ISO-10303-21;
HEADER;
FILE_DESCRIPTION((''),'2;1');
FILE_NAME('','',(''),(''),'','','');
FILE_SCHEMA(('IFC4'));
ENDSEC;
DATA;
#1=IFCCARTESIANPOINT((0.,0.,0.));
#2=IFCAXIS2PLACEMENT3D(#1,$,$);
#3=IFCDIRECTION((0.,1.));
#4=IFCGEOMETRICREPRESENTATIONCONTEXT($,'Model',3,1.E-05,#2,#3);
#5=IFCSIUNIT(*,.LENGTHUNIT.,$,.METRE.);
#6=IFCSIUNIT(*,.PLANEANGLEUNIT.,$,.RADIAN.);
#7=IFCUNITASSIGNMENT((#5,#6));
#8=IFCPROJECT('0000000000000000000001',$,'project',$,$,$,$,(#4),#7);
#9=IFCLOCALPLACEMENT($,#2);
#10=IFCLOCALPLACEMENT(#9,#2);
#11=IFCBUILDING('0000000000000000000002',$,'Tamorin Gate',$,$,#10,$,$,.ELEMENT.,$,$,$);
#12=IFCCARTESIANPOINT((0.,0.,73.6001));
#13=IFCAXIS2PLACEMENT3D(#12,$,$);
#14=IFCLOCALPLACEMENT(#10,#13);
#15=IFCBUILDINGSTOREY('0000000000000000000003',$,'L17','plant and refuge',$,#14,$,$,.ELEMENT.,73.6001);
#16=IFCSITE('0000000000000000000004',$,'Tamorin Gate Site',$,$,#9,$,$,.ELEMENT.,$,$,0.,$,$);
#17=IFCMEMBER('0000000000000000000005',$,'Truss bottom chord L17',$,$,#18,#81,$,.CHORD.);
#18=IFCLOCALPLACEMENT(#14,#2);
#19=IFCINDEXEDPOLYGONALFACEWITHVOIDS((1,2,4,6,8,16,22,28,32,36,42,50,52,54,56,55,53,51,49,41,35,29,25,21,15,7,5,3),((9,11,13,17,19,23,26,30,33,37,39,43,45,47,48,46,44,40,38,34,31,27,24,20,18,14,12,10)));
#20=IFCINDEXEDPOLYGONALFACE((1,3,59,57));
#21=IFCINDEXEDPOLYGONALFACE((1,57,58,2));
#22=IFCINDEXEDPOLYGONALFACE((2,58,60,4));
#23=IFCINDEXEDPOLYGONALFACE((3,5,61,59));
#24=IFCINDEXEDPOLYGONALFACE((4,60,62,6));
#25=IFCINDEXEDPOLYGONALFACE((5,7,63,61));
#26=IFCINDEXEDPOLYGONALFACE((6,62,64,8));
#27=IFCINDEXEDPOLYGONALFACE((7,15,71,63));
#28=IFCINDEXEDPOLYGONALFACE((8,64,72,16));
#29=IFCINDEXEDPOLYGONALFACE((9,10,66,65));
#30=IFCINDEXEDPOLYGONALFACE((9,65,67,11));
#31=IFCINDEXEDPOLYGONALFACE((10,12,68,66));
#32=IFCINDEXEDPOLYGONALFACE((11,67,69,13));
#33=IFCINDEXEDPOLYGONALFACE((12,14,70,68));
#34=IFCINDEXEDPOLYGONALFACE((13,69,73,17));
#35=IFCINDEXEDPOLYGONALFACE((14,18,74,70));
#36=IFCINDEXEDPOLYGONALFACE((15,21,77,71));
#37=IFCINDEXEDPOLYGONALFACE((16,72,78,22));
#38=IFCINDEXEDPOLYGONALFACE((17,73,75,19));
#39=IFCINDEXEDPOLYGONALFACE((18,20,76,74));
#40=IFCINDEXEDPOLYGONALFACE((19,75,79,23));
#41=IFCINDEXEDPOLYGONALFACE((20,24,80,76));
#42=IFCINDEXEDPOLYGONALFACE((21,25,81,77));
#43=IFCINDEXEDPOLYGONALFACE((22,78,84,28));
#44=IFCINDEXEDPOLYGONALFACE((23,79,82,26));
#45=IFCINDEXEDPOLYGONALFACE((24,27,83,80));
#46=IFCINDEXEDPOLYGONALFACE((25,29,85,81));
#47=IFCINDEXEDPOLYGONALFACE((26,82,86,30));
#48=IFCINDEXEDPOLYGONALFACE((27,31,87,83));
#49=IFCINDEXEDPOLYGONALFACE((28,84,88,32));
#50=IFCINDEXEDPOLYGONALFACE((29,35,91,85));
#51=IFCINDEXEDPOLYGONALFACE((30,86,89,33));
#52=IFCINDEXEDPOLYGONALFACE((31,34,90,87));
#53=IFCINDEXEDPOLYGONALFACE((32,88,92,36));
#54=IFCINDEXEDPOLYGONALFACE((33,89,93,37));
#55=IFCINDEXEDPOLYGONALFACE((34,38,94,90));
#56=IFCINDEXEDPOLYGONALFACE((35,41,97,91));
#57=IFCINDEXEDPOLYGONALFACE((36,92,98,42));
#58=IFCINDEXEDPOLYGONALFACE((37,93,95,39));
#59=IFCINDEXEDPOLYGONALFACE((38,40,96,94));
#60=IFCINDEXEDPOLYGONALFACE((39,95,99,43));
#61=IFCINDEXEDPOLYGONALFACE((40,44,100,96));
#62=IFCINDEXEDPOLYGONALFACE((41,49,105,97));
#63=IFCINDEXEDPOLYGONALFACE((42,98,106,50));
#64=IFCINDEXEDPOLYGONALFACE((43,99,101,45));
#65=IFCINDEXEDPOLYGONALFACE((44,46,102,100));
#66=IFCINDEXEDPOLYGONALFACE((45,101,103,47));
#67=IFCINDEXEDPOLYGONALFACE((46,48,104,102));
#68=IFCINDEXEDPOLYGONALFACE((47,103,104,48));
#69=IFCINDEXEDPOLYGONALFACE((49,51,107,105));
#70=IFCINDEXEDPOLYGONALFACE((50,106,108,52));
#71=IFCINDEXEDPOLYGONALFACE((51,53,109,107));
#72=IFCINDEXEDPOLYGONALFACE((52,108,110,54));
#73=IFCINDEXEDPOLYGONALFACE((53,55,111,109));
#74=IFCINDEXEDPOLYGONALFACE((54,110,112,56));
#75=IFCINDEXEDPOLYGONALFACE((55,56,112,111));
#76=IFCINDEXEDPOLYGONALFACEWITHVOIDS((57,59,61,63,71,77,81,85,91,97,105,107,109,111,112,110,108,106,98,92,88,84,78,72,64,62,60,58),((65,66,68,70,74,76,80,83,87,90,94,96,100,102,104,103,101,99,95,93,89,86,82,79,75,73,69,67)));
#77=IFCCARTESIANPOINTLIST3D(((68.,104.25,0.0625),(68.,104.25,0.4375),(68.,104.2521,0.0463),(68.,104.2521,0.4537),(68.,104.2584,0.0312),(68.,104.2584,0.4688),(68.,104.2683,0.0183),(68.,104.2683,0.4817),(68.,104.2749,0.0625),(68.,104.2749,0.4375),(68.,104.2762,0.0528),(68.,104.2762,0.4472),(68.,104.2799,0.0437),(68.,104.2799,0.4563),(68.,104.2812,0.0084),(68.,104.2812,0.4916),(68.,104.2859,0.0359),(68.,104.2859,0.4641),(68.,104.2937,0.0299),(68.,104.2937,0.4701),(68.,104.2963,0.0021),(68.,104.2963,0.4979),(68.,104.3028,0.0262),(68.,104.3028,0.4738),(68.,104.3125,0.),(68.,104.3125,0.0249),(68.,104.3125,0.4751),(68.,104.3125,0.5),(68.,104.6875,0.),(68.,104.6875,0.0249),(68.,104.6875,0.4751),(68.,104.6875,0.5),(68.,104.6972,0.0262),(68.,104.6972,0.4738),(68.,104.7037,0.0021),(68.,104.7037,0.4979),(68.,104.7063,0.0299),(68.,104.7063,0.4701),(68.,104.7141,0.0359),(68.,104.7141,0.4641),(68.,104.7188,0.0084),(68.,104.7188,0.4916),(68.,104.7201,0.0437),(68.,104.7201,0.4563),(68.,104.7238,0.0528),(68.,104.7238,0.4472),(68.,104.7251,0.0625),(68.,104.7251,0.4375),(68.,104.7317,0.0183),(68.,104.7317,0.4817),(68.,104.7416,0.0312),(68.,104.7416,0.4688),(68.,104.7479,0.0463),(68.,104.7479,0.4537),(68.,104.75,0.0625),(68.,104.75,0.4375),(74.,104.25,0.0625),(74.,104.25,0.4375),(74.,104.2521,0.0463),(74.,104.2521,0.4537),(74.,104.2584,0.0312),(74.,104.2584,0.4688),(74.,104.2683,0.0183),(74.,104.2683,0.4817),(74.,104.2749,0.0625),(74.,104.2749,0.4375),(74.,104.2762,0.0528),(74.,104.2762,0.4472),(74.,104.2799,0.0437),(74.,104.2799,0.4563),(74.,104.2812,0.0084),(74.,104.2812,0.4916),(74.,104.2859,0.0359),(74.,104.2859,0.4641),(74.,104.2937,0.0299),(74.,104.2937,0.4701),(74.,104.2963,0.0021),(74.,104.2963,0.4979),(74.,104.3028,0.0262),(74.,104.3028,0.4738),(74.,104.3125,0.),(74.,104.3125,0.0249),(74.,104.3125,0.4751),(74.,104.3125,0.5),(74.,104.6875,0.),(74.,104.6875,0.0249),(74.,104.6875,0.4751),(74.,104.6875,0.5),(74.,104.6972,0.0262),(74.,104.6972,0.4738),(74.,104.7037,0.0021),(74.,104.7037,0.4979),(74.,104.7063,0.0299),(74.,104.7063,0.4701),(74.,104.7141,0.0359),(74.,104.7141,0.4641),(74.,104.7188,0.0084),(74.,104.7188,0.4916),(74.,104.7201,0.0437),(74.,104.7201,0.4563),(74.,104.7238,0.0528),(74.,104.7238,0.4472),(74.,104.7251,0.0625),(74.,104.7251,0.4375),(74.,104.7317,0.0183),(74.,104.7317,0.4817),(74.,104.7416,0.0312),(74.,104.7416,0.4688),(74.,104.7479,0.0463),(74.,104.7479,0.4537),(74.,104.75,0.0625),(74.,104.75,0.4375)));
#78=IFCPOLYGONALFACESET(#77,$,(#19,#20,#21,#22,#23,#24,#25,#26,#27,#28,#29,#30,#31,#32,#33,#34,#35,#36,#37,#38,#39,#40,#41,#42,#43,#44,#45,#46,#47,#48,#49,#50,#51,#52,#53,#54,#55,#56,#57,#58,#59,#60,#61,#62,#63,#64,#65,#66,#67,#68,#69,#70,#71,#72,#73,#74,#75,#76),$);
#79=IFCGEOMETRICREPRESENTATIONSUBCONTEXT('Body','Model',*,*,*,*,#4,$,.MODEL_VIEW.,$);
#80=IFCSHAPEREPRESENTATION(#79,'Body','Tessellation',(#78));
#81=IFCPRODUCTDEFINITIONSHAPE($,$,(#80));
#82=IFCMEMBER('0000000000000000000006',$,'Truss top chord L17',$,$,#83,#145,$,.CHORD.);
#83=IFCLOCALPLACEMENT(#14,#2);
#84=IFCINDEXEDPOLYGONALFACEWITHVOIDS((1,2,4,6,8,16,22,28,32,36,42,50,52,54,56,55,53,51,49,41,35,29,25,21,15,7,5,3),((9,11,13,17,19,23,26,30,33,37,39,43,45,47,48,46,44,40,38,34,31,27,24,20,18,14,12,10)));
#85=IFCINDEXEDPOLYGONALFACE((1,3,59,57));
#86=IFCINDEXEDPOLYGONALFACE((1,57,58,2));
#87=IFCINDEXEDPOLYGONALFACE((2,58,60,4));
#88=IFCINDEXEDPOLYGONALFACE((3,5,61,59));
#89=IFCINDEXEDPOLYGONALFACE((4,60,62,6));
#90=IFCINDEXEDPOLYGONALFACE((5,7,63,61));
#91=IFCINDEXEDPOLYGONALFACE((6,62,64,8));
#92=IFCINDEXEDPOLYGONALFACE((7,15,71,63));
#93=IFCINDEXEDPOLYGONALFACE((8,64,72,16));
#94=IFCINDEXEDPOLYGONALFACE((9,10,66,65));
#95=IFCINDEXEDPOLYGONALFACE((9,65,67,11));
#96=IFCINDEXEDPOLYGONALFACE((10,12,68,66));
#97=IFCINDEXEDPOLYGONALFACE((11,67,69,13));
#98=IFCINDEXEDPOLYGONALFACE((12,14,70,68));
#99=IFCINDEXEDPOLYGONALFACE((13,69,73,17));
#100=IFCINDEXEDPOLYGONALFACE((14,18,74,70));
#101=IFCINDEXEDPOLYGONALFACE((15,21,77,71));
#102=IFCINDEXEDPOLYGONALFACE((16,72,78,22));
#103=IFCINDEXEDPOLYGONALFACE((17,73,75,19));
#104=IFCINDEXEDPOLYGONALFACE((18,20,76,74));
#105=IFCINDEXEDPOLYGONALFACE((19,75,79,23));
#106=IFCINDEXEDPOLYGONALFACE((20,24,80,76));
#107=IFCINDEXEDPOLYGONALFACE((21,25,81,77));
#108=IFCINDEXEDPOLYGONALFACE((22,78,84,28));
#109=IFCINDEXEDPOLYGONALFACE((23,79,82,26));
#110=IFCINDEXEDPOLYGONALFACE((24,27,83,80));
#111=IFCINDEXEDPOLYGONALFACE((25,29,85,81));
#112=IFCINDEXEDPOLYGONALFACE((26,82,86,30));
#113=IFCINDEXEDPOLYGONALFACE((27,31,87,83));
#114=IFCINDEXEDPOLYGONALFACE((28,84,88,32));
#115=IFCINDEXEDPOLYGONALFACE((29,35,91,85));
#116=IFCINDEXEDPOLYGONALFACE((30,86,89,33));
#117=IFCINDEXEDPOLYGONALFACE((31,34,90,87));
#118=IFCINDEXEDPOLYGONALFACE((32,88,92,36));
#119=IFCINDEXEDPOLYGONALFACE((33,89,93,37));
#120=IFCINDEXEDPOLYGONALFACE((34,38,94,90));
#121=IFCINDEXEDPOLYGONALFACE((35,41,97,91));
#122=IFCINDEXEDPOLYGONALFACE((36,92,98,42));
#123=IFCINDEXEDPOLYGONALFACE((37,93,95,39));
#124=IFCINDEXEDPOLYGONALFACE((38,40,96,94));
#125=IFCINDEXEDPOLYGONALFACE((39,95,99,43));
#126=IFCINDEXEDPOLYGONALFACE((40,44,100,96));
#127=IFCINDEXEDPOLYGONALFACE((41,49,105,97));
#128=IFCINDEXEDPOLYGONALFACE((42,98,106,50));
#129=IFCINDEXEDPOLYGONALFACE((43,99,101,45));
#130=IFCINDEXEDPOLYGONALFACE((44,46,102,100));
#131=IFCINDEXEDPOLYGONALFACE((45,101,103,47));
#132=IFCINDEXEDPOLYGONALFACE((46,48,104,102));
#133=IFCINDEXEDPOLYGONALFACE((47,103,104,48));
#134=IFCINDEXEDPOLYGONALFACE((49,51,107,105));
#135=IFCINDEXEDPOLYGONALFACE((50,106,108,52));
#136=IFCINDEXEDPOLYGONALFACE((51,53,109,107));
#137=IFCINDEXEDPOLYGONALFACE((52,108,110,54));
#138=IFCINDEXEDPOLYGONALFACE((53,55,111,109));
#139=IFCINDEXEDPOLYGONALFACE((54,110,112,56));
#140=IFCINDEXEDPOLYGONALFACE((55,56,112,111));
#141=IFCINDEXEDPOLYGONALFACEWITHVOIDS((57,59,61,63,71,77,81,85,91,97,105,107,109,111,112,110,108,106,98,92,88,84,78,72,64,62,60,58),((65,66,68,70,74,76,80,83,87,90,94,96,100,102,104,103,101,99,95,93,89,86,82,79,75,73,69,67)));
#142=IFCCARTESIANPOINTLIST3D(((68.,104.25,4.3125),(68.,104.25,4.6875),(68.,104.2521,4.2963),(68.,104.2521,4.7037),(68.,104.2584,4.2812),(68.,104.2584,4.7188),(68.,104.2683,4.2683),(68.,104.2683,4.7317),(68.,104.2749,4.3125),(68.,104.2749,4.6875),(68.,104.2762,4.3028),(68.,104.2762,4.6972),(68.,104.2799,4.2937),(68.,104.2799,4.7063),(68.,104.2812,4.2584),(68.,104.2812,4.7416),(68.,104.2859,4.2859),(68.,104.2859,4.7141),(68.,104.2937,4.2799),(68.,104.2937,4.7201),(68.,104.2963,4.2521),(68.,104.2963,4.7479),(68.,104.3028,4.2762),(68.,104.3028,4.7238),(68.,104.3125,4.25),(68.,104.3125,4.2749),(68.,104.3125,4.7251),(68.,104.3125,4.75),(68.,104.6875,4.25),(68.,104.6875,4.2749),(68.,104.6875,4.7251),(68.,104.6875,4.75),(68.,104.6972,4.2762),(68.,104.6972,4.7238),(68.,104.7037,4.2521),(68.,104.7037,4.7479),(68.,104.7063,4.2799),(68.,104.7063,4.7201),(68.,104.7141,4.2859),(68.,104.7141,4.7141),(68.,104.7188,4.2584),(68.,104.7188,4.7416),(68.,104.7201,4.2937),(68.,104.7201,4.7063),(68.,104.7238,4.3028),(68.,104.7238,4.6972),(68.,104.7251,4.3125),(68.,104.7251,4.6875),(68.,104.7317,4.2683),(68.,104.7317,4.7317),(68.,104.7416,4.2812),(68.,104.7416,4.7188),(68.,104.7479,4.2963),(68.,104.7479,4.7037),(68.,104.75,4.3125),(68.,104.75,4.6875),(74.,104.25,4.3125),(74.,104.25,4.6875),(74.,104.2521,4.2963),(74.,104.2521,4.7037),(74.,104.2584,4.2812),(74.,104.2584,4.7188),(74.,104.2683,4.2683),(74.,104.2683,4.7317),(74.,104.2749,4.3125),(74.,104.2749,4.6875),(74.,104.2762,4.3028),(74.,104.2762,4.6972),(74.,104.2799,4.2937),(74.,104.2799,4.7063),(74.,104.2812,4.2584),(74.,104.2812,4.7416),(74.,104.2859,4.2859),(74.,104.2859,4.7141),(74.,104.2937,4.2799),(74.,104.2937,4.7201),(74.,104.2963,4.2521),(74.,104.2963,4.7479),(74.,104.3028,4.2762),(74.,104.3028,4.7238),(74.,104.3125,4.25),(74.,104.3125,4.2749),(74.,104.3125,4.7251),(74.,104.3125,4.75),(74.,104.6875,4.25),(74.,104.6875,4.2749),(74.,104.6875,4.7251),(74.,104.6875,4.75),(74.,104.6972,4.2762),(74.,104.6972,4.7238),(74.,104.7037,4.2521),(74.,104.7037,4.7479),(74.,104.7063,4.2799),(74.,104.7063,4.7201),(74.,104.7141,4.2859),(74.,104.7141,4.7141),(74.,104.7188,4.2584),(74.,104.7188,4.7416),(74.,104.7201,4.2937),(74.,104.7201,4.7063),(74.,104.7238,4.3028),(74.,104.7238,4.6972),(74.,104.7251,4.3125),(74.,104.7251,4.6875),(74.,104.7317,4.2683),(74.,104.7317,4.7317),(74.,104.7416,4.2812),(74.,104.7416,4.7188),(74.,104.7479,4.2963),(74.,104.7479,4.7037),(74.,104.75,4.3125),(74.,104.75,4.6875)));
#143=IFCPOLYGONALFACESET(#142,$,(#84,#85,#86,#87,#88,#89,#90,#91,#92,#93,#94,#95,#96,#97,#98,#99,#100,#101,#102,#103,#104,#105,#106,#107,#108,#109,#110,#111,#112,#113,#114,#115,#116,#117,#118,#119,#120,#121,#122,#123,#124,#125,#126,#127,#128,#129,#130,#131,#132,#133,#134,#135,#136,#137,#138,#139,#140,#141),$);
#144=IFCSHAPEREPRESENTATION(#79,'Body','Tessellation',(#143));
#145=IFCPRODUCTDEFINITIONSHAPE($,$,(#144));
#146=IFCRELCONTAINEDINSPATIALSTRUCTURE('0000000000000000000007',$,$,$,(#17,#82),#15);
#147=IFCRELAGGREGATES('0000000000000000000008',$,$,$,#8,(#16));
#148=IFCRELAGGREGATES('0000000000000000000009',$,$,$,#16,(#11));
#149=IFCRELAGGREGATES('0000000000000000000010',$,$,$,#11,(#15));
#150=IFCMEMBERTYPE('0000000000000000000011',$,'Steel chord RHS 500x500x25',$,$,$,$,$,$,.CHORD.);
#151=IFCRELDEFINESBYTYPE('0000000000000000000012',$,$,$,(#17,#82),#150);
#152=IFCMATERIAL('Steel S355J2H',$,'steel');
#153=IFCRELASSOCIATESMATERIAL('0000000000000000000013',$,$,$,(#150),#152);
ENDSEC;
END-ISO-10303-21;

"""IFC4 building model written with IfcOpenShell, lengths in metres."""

from ifc_helpers import new_model, si_unit, direction, frame, origin, origin_2d, place, context, subcontext, project, spatial, hollow_rectangle, extrude, material, material_profile, profile_set, type_object, element, save


model = new_model("IFC4")

# Units and contexts
model_context = context("Model", 3, precision=1e-05, world=origin(), true_north=direction((0.0, 1.0)))
body_context = subcontext(model_context, "Body", "Model", "MODEL_VIEW")
ifc_project = project(units=[si_unit("LENGTHUNIT", "METRE"), si_unit("PLANEANGLEUNIT", "RADIAN")], contexts=[model_context])

# Site, building, storey
site_placement = place(None, origin())
site = spatial("IfcSite", under=ifc_project, at=site_placement, Name="Tamorin Gate Site", CompositionType="ELEMENT", RefElevation=0.0)
building_placement = place(site_placement, origin())
building = spatial("IfcBuilding", under=site, at=building_placement, Name="Tamorin Gate", CompositionType="ELEMENT")
storey_placement = place(building_placement, frame((0.0, 0.0, 73.6001)))
storey = spatial("IfcBuildingStorey", under=building, at=storey_placement, Name="L17", Description="plant and refuge", CompositionType="ELEMENT", Elevation=73.6001)

# Members
ifc_material_1 = material(Name="Steel S355J2H", Category="steel")
ifc_material_profile_1 = material_profile(ifc_material_1, hollow_rectangle(XDim=0.5, YDim=0.5, WallThickness=0.0249, InnerFilletRadius=0.0376, OuterFilletRadius=0.0625, at=origin_2d()), Name="RHS 500x500x25")
ifc_profile_set_1 = profile_set([ifc_material_profile_1], Name="Steel S355J2H")
member_type_1 = type_object("IfcMemberType", Name="Steel chord RHS 500x500x25", PredefinedType="CHORD", material=ifc_profile_set_1)
for number, where, z_axis, x_axis, name in (
    (1, (74.0, 104.5, 0.25), (-1.0, 0.0, 0.0), (0.0, -1.0, 0.0), "Truss bottom chord L17"),
    (2, (74.0, 104.5, 4.5), (-1.0, 0.0, 0.0), (0.0, -1.0, 0.0), "Truss top chord L17"),
):
    element("IfcMember", number, at=place(storey_placement, frame(where, z_axis=z_axis, x_axis=x_axis)), inside=storey, type_object=member_type_1, Name=name, PredefinedType="CHORD", context=body_context, shape_type="SweptSolid", body=[
        extrude(hollow_rectangle(XDim=0.5, YDim=0.5, WallThickness=0.0249, InnerFilletRadius=0.0376, OuterFilletRadius=0.0625, at=origin_2d()), origin(), (0.0, 0.0, 1.0), 6.0),
    ])

save(model, "model.ifc")
